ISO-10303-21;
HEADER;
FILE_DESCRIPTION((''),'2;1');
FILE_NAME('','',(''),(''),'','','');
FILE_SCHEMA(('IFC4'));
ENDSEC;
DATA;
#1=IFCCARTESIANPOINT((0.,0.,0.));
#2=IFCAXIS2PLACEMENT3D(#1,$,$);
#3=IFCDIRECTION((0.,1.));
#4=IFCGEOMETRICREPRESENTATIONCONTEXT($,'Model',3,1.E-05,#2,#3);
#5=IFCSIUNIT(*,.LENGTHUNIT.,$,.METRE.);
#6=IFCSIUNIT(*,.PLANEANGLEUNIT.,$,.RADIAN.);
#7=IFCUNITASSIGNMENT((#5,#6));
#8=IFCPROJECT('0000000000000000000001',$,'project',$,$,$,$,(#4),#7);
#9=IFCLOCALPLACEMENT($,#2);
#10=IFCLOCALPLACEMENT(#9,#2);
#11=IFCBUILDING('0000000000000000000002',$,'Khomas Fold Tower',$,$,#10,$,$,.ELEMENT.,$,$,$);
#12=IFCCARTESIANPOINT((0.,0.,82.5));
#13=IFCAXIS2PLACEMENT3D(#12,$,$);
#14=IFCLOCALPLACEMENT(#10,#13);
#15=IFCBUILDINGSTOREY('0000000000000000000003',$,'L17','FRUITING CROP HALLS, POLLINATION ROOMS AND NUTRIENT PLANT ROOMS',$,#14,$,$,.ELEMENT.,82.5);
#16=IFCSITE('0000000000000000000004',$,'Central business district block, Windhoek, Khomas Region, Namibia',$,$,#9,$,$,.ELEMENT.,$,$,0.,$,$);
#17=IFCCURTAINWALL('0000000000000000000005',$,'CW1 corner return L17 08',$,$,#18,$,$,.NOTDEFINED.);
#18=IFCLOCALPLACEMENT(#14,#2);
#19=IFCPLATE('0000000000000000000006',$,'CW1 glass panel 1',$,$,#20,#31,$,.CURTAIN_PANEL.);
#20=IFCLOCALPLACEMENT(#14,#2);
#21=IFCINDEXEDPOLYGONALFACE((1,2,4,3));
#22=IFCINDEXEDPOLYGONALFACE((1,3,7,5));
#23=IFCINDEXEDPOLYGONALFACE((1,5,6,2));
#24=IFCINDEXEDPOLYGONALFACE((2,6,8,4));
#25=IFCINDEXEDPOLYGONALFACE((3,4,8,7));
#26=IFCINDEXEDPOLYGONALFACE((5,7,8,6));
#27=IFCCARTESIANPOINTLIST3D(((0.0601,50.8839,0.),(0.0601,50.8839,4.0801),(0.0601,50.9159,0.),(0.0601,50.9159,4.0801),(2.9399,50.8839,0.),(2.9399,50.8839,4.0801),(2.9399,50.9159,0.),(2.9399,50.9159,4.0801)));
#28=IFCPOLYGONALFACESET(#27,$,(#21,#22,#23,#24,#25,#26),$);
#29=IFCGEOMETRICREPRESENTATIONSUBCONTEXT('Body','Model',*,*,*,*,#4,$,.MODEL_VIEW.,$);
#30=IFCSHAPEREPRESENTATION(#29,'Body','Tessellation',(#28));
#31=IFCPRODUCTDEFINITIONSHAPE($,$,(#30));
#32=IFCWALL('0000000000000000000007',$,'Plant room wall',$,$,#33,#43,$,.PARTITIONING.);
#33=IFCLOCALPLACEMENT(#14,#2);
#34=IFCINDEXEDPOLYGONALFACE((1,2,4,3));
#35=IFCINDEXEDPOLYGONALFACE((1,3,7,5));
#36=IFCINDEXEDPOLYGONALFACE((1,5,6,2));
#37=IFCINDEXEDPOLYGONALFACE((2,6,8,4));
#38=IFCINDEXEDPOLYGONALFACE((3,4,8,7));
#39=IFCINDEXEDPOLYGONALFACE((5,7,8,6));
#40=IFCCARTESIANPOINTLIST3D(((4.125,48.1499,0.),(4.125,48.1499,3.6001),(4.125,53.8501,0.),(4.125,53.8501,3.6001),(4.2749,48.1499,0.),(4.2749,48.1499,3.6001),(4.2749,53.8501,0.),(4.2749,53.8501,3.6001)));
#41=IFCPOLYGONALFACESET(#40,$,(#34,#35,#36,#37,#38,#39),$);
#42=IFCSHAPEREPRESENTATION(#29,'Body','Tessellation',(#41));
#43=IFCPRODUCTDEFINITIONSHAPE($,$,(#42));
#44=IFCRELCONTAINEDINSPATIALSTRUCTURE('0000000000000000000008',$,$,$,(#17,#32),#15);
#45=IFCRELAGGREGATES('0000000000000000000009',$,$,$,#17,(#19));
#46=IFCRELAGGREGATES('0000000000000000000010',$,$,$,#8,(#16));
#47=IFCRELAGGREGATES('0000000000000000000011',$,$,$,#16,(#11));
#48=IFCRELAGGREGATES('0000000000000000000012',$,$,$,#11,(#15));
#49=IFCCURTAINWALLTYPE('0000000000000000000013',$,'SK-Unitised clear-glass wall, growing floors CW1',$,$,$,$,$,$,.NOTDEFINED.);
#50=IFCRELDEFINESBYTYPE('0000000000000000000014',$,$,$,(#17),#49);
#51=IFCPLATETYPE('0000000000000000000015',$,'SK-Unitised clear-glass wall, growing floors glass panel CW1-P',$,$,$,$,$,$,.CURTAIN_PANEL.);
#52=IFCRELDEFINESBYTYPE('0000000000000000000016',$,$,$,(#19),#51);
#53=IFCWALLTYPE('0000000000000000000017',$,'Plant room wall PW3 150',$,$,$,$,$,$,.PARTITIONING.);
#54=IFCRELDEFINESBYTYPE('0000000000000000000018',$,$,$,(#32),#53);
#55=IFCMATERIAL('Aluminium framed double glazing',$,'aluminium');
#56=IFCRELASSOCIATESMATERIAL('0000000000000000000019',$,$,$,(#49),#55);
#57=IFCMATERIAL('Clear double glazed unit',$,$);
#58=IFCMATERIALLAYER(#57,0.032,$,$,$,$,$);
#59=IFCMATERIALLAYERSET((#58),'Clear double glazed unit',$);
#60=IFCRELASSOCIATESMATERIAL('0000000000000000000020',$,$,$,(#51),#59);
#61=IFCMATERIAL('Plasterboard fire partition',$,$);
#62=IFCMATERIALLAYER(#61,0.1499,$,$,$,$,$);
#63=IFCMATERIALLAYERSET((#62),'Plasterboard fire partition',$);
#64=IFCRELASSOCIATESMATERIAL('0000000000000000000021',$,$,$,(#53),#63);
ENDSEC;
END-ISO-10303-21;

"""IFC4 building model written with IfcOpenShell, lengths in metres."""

from ifc_helpers import new_model, si_unit, direction, frame, frame_2d, origin, origin_2d, place, context, subcontext, project, spatial, rectangle, extrude, source, transform, mapped, material, layer, layer_set, type_object, element, aggregate, save


model = new_model("IFC4")

# Units and contexts
model_context = context("Model", 3, precision=1e-05, world=origin(), true_north=direction((0.0, 1.0)))
body_context = subcontext(model_context, "Body", "Model", "MODEL_VIEW")
ifc_project = project(units=[si_unit("LENGTHUNIT", "METRE"), si_unit("PLANEANGLEUNIT", "RADIAN")], contexts=[model_context])

# Site, building, storey
site_placement = place(None, origin())
site = spatial("IfcSite", under=ifc_project, at=site_placement, Name="Central business district block, Windhoek, Khomas Region, Namibia", CompositionType="ELEMENT", RefElevation=0.0)
building_placement = place(site_placement, origin())
building = spatial("IfcBuilding", under=site, at=building_placement, Name="Khomas Fold Tower", CompositionType="ELEMENT")
storey_placement = place(building_placement, frame((0.0, 0.0, 82.5)))
storey = spatial("IfcBuildingStorey", under=building, at=storey_placement, Name="L17", Description="FRUITING CROP HALLS, POLLINATION ROOMS AND NUTRIENT PLANT ROOMS", CompositionType="ELEMENT", Elevation=82.5)

# Shared definitions
ifc_material_1 = material(Name="Aluminium framed double glazing", Category="aluminium")
curtain_wall_type = type_object("IfcCurtainWallType", Name="SK-Unitised clear-glass wall, growing floors CW1", PredefinedType="NOTDEFINED", material=ifc_material_1)

# Curtain wall
curtain_wall_1_placement = place(storey_placement, origin())
curtain_wall_1 = element("IfcCurtainWall", 1, at=curtain_wall_1_placement, inside=storey, type_object=curtain_wall_type, Name="CW1 corner return L17 08", PredefinedType="NOTDEFINED")

# Plate
ifc_material_2 = material(Name="Clear double glazed unit")
ifc_layer_1 = layer(ifc_material_2, 0.032)
ifc_layer_set_1 = layer_set([ifc_layer_1], Name="Clear double glazed unit")
plate_type = type_object("IfcPlateType", Name="SK-Unitised clear-glass wall, growing floors glass panel CW1-P", PredefinedType="CURTAIN_PANEL", material=ifc_layer_set_1)
shared_shape_1 = source(origin(), body_context, "Body", "SweptSolid", [
    extrude(rectangle(XDim=2.8799, YDim=0.032, at=origin_2d()), origin(), (0.0, 0.0, 1.0), 4.0801),
])
plate_1_placement = place(storey_placement, frame((1.5, 50.8999, 0.0), z_axis=(0.0, 0.0, 1.0), x_axis=(-1.0, 0.0, 0.0)))
plate_1 = element("IfcPlate", 2, at=plate_1_placement, type_object=plate_type, Name="CW1 glass panel 1", PredefinedType="CURTAIN_PANEL", context=body_context, shape_type="MappedRepresentation", body=[
    mapped(shared_shape_1, transform((0.0, 0.0, 0.0))),
])
aggregate(curtain_wall_1, [plate_1])

# Wall
ifc_material_3 = material(Name="Plasterboard fire partition")
ifc_layer_2 = layer(ifc_material_3, 0.1499)
ifc_layer_set_2 = layer_set([ifc_layer_2], Name="Plasterboard fire partition")
wall_type = type_object("IfcWallType", Name="Plant room wall PW3 150", PredefinedType="PARTITIONING", material=ifc_layer_set_2)
shared_shape_2 = source(origin(), body_context, "Body", "SweptSolid", [
    extrude(rectangle(XDim=5.7002, YDim=0.1499, at=frame_2d((2.8501, 0.0))), origin(), (0.0, 0.0, 1.0), 3.6001),
])
wall_placement = place(storey_placement, frame((4.2, 48.1499, 0.0), z_axis=(0.0, 0.0, 1.0), x_axis=(0.0, 1.0, 0.0)))
element("IfcWall", 3, at=wall_placement, inside=storey, type_object=wall_type, Name="Plant room wall", PredefinedType="PARTITIONING", context=body_context, shape_type="MappedRepresentation", body=[
    mapped(shared_shape_2, transform((0.0, 0.0, 0.0))),
])

save(model, "model.ifc")
